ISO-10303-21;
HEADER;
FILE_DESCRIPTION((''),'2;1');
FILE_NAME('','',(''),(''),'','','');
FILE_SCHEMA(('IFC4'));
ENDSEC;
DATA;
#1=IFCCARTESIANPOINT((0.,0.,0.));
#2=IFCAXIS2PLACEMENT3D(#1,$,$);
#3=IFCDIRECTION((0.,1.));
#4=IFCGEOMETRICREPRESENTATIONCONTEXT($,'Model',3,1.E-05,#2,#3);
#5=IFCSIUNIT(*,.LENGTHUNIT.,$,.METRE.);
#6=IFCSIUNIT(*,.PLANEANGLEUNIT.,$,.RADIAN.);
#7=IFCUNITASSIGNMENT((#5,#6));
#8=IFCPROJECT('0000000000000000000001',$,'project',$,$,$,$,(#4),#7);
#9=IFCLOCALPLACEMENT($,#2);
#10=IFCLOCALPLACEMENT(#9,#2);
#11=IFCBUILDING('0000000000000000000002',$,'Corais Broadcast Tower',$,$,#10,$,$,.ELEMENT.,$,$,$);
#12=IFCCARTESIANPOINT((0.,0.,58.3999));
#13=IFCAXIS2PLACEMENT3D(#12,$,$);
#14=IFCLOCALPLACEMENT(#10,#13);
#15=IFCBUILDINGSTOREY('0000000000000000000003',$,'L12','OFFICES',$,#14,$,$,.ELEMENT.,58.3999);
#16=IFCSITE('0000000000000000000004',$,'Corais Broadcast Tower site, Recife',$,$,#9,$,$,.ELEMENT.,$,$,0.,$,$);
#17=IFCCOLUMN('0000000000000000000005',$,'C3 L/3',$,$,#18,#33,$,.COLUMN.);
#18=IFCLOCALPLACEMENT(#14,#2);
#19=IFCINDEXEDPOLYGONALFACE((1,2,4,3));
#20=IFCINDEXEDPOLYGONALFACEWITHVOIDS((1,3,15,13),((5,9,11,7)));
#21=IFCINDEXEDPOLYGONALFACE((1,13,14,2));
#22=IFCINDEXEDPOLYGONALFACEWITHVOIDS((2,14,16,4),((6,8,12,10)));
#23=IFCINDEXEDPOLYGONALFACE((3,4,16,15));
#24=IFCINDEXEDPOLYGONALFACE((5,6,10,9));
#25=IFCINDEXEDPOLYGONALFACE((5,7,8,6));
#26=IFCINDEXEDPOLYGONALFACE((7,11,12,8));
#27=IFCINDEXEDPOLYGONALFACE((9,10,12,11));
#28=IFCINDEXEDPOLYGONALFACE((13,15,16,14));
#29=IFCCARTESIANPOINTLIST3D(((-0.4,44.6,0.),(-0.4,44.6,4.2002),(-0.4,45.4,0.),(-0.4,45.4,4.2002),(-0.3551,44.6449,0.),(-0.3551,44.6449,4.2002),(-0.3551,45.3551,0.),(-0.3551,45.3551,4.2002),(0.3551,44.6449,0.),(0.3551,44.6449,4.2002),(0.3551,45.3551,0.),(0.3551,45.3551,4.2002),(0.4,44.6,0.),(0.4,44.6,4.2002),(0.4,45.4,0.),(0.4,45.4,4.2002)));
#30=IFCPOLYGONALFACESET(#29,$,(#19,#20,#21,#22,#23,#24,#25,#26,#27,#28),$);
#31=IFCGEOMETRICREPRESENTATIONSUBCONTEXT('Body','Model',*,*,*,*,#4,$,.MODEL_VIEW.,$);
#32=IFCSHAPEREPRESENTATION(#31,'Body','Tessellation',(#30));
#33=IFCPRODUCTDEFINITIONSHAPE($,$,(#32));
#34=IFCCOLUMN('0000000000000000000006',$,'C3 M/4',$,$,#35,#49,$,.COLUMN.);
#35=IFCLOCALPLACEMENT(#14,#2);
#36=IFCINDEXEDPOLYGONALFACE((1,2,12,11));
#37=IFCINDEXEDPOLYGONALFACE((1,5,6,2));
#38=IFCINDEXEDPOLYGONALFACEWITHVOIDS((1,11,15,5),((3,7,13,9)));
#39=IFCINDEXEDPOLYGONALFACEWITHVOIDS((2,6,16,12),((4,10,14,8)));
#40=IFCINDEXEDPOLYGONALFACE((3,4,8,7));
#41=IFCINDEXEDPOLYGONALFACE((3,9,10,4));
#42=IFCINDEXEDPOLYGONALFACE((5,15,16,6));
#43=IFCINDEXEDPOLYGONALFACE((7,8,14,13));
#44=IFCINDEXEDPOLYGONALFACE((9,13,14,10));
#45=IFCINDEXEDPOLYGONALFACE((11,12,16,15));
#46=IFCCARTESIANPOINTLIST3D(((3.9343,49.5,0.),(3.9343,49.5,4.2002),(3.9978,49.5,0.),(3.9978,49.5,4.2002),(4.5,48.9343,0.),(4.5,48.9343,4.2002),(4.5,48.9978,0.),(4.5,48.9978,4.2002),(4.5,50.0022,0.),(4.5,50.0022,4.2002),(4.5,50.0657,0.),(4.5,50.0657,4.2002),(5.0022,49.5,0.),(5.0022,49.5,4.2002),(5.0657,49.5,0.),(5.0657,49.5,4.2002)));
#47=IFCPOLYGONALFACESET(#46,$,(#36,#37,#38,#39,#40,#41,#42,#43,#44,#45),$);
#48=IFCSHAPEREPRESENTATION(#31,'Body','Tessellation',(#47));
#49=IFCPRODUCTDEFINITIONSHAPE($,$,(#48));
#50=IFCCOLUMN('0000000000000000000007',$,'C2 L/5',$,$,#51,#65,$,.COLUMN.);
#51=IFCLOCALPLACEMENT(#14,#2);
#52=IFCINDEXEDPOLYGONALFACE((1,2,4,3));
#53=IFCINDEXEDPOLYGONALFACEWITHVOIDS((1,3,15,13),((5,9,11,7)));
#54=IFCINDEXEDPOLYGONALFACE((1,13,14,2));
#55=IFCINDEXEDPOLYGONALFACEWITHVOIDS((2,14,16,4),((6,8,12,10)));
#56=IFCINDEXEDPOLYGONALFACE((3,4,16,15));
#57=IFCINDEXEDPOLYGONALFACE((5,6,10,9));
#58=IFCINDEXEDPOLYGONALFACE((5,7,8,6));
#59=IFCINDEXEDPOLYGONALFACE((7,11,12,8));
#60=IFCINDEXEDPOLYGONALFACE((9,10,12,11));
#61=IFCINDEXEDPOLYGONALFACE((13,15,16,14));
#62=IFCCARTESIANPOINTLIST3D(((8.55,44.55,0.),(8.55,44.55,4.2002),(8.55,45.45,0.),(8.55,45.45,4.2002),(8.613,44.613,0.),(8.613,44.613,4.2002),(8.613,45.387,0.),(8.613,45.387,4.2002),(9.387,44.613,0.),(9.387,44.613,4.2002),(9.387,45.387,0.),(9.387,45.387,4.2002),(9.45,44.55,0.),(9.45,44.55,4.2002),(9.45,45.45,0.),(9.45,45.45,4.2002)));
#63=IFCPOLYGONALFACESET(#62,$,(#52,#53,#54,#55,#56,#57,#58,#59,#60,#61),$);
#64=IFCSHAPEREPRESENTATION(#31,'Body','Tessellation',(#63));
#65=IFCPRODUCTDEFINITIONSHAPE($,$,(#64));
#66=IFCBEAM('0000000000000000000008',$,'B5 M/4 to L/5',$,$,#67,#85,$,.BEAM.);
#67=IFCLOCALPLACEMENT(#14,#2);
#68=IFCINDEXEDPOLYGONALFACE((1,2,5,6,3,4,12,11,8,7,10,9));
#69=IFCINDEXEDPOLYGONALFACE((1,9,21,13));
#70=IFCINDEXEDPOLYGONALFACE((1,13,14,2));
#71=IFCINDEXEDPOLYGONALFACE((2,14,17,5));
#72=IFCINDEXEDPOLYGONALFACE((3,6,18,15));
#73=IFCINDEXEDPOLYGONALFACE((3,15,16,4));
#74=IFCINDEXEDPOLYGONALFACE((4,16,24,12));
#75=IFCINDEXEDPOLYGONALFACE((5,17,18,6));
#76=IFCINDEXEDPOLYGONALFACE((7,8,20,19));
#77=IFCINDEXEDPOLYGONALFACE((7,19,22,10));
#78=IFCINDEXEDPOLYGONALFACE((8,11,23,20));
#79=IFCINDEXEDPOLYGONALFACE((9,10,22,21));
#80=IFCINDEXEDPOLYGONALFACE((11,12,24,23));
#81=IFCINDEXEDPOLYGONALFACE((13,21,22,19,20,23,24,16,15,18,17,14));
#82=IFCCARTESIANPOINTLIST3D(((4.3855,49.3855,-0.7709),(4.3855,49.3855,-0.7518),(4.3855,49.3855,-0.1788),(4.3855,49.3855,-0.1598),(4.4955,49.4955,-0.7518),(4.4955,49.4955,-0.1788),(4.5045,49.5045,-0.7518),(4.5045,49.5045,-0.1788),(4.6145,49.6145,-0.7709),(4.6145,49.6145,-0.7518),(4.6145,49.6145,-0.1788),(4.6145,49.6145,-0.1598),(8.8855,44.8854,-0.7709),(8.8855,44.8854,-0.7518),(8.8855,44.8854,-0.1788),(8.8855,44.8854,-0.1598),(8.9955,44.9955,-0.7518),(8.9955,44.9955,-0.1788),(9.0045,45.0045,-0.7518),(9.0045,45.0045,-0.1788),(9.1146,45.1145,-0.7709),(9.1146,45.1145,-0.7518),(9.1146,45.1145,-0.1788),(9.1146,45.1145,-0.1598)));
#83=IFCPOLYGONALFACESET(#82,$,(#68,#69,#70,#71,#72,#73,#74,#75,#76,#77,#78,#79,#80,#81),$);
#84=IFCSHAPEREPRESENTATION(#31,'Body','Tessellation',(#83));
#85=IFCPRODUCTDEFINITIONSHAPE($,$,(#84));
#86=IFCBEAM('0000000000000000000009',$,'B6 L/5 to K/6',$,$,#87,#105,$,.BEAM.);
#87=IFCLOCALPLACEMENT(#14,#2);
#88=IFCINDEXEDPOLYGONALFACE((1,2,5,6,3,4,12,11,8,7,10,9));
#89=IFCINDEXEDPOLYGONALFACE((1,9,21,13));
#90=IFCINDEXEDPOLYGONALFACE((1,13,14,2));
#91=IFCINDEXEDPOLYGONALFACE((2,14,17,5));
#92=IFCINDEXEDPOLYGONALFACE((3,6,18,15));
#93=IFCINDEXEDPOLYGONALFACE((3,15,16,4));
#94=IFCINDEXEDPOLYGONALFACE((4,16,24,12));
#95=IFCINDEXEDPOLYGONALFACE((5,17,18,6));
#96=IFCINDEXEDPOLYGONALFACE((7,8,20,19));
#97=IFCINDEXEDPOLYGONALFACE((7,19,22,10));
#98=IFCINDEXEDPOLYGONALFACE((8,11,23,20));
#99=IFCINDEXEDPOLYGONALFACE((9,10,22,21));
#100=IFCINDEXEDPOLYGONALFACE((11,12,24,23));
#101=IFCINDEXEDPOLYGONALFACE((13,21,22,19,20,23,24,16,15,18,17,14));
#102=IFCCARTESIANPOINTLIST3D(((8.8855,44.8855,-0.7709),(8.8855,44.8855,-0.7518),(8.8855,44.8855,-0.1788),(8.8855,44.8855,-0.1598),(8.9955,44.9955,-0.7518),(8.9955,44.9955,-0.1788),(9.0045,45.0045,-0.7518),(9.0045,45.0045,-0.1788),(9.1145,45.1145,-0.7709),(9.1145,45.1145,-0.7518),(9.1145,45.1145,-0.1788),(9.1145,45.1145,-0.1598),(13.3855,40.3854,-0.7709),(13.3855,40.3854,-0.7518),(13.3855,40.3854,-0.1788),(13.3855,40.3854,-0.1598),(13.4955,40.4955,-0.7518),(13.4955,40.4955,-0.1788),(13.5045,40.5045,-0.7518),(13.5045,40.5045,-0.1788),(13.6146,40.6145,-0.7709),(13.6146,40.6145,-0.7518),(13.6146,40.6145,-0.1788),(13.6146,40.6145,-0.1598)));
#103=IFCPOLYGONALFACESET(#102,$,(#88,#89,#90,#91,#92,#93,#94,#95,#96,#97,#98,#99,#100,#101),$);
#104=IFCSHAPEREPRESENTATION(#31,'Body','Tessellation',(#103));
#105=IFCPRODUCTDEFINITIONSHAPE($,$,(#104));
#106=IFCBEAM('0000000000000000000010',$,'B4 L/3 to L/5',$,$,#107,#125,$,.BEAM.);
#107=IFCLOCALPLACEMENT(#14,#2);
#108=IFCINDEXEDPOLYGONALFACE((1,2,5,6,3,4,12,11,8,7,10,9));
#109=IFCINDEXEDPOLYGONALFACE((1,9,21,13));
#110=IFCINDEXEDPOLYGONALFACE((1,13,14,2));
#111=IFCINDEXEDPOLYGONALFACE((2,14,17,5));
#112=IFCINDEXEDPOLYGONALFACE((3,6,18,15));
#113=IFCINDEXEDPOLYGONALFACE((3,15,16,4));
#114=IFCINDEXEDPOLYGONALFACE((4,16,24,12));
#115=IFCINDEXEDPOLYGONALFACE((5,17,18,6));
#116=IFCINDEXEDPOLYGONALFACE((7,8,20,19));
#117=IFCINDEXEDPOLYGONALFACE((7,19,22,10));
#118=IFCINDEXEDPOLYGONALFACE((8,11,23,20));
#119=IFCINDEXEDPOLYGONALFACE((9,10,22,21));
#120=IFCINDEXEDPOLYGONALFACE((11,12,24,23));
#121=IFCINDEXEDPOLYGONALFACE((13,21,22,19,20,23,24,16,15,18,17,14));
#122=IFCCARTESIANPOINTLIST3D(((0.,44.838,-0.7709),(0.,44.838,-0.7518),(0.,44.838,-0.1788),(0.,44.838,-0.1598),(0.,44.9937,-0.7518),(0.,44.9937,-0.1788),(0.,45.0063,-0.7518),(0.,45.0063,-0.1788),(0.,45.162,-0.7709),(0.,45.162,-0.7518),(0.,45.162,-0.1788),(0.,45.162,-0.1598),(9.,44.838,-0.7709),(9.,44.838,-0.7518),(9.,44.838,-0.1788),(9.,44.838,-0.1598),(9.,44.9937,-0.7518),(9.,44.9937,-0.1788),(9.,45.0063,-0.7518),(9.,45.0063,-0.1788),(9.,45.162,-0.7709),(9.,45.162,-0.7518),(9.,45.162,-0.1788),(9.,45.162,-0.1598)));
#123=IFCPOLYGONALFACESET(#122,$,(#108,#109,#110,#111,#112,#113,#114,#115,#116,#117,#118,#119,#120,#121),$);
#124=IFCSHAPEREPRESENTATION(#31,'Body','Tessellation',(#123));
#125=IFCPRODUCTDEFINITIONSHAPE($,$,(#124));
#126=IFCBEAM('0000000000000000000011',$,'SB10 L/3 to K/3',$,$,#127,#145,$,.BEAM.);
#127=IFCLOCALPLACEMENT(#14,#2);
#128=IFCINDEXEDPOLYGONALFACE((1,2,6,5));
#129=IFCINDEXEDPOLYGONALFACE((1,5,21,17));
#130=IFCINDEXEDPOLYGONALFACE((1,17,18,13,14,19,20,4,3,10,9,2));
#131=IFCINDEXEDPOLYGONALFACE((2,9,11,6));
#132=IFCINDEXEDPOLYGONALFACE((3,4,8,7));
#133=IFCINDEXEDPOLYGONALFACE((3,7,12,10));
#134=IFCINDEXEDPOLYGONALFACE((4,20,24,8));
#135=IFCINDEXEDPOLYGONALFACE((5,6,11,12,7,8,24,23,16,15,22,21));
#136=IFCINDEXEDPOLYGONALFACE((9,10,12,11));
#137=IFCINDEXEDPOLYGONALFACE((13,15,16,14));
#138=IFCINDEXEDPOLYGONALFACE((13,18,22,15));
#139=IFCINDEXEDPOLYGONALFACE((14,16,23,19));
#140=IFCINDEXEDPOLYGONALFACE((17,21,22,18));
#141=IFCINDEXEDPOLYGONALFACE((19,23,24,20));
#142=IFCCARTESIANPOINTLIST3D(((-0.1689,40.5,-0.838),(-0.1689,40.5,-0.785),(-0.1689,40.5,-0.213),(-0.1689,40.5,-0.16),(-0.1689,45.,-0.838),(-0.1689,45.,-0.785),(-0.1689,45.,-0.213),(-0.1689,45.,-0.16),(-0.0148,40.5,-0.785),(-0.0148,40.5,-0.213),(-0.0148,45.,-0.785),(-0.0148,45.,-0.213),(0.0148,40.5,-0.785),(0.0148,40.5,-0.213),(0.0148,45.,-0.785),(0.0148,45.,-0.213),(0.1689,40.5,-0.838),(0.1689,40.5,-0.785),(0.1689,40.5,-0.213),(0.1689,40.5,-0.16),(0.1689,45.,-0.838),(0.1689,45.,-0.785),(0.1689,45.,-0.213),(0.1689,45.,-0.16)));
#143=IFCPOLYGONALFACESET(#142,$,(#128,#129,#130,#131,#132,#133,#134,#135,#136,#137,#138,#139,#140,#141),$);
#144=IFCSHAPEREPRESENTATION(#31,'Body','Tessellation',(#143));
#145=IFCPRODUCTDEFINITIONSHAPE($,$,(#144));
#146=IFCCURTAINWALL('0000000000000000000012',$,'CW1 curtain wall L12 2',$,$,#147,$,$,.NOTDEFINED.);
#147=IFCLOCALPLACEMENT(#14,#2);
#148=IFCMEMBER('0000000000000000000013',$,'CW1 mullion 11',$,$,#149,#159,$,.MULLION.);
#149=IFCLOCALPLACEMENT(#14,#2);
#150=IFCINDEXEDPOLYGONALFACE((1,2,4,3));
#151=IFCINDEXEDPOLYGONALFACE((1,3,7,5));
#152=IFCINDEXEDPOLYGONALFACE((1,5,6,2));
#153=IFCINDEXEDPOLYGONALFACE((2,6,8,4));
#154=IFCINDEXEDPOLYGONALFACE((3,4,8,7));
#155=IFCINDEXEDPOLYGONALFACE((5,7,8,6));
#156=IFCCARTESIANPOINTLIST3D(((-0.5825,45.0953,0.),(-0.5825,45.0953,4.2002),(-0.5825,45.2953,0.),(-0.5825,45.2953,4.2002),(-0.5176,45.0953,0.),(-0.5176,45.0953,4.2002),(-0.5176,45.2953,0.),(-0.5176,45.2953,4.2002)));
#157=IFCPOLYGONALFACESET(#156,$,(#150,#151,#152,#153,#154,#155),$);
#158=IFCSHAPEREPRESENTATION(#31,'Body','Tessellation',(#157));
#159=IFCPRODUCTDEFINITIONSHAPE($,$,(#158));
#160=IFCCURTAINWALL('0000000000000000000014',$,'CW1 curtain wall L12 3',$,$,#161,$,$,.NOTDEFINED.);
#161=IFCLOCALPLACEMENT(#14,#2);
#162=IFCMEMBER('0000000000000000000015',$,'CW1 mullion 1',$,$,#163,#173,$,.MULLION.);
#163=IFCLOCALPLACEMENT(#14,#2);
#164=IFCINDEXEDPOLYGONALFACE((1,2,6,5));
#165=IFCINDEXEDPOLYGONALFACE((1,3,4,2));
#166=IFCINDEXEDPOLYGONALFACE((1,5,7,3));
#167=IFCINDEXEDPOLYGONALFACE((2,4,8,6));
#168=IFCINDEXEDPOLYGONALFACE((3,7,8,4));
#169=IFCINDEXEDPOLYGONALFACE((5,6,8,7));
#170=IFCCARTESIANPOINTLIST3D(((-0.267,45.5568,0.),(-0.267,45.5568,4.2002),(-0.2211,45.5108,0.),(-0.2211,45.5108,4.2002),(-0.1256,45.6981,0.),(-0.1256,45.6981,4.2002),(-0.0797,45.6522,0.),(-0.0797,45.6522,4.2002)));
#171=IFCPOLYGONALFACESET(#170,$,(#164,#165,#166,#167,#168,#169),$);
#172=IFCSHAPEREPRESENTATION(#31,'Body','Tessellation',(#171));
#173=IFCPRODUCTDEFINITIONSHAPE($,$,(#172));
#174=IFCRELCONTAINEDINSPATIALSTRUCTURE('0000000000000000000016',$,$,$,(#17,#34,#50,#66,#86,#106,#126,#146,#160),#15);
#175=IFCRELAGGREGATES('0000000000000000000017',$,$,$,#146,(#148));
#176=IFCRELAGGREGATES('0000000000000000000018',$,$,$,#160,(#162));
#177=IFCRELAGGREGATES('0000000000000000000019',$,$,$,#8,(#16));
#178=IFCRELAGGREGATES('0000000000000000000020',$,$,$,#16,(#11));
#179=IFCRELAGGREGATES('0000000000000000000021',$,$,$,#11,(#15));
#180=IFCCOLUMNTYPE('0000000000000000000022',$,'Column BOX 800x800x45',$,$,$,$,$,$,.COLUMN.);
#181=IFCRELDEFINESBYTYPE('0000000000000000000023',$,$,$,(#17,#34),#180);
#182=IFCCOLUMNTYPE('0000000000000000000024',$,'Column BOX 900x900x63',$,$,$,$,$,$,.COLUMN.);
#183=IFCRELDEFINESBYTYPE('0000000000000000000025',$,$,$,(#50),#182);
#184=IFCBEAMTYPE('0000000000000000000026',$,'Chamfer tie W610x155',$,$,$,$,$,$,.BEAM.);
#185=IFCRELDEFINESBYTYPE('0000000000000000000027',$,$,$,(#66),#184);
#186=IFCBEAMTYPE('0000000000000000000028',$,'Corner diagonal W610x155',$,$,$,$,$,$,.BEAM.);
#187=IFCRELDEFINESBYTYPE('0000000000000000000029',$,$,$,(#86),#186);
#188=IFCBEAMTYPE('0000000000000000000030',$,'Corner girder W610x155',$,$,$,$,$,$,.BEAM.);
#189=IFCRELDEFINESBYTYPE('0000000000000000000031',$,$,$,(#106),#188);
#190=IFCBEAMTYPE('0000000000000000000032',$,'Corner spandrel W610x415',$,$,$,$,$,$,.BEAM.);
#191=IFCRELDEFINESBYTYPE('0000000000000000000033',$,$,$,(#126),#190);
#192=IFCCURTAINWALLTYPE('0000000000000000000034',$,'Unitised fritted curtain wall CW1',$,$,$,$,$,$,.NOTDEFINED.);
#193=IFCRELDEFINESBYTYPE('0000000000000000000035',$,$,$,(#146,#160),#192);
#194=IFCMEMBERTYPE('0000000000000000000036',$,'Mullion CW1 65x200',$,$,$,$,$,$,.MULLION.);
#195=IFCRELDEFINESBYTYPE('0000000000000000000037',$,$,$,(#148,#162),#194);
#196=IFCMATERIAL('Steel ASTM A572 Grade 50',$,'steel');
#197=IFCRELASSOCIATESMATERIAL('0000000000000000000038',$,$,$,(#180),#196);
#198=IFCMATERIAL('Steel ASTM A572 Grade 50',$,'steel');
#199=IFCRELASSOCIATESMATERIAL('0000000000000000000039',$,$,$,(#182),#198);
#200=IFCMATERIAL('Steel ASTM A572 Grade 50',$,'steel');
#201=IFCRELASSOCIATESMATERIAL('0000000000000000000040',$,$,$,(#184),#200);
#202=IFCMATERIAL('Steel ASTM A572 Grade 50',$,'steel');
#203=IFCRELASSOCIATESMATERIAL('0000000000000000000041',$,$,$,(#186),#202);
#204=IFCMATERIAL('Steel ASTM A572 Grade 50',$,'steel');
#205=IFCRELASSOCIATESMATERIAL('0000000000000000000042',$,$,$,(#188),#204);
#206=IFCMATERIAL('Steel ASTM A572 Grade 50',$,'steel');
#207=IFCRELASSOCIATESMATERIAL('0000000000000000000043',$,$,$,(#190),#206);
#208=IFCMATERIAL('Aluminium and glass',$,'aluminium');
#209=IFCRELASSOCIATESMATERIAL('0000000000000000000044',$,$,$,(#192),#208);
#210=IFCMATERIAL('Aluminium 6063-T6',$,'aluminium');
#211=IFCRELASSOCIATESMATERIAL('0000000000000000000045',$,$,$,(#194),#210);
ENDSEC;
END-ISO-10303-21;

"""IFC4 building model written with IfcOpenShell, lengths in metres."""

from ifc_helpers import new_model, si_unit, direction, frame, origin, origin_2d, place, context, subcontext, project, spatial, rectangle, hollow_rectangle, i_section, extrude, material, material_profile, profile_set, type_object, element, aggregate, save


model = new_model("IFC4")

# Units and contexts
model_context = context("Model", 3, precision=1e-05, world=origin(), true_north=direction((0.0, 1.0)))
body_context = subcontext(model_context, "Body", "Model", "MODEL_VIEW")
ifc_project = project(units=[si_unit("LENGTHUNIT", "METRE"), si_unit("PLANEANGLEUNIT", "RADIAN")], contexts=[model_context])

# Site, building, storey
site_placement = place(None, origin())
site = spatial("IfcSite", under=ifc_project, at=site_placement, Name="Corais Broadcast Tower site, Recife", CompositionType="ELEMENT", RefElevation=0.0)
building_placement = place(site_placement, origin())
building = spatial("IfcBuilding", under=site, at=building_placement, Name="Corais Broadcast Tower", CompositionType="ELEMENT")
storey_placement = place(building_placement, frame((0.0, 0.0, 58.3999)))
storey = spatial("IfcBuildingStorey", under=building, at=storey_placement, Name="L12", Description="OFFICES", CompositionType="ELEMENT", Elevation=58.3999)

# Columns
ifc_material_1 = material(Name="Steel ASTM A572 Grade 50", Category="steel")
ifc_material_profile_1 = material_profile(ifc_material_1, hollow_rectangle(XDim=0.8, YDim=0.8, WallThickness=0.0449, at=origin_2d()), Name="BOX 800x800x45")
ifc_profile_set_1 = profile_set([ifc_material_profile_1], Name="Steel ASTM A572 Grade 50")
column_type_1 = type_object("IfcColumnType", Name="Column BOX 800x800x45", PredefinedType="COLUMN", material=ifc_profile_set_1)
for number, where, z_axis, x_axis, name in (
    (1, (0.0, 45.0, 0.0), (0.0, 0.0, 1.0), (1.0, 0.0, 0.0), "C3 L/3"),
    (2, (4.5, 49.5, 0.0), (0.0, 0.0, 1.0), (0.707107, 0.707107, 0.0), "C3 M/4"),
):
    element("IfcColumn", number, at=place(storey_placement, frame(where, z_axis=z_axis, x_axis=x_axis)), inside=storey, type_object=column_type_1, Name=name, PredefinedType="COLUMN", context=body_context, shape_type="SweptSolid", body=[
        extrude(hollow_rectangle(XDim=0.8, YDim=0.8, WallThickness=0.0449, at=origin_2d()), origin(), (0.0, 0.0, 1.0), 4.2002),
    ])
ifc_material_2 = material(Name="Steel ASTM A572 Grade 50", Category="steel")
ifc_material_profile_2 = material_profile(ifc_material_2, hollow_rectangle(XDim=0.8999, YDim=0.8999, WallThickness=0.063, at=origin_2d()), Name="BOX 900x900x63")
ifc_profile_set_2 = profile_set([ifc_material_profile_2], Name="Steel ASTM A572 Grade 50")
column_type_2 = type_object("IfcColumnType", Name="Column BOX 900x900x63", PredefinedType="COLUMN", material=ifc_profile_set_2)
column_placement = place(storey_placement, frame((9.0, 45.0, 0.0), z_axis=(0.0, 0.0, 1.0), x_axis=(1.0, 0.0, 0.0)))
element("IfcColumn", 3, at=column_placement, inside=storey, type_object=column_type_2, Name="C2 L/5", PredefinedType="COLUMN", context=body_context, shape_type="SweptSolid", body=[
    extrude(hollow_rectangle(XDim=0.8999, YDim=0.8999, WallThickness=0.063, at=origin_2d()), origin(), (0.0, 0.0, 1.0), 4.2002),
])

# Beams
ifc_material_3 = material(Name="Steel ASTM A572 Grade 50", Category="steel")
ifc_material_profile_3 = material_profile(ifc_material_3, i_section(OverallWidth=0.324, OverallDepth=0.6111, WebThickness=0.0127, FlangeThickness=0.019, at=origin_2d()), Name="W610x155")
ifc_profile_set_3 = profile_set([ifc_material_profile_3], Name="Steel ASTM A572 Grade 50")
beam_type_1 = type_object("IfcBeamType", Name="Chamfer tie W610x155", PredefinedType="BEAM", material=ifc_profile_set_3)
beam_1_placement = place(storey_placement, frame((4.5, 49.5, -0.4653), z_axis=(0.707107, -0.707107, 0.0), x_axis=(0.707107, 0.707107, 0.0)))
element("IfcBeam", 4, at=beam_1_placement, inside=storey, type_object=beam_type_1, Name="B5 M/4 to L/5", PredefinedType="BEAM", context=body_context, shape_type="SweptSolid", body=[
    extrude(i_section(OverallWidth=0.324, OverallDepth=0.6111, WebThickness=0.0127, FlangeThickness=0.019, at=origin_2d()), origin(), (0.0, 0.0, 1.0), 6.364),
])
ifc_material_4 = material(Name="Steel ASTM A572 Grade 50", Category="steel")
ifc_material_profile_4 = material_profile(ifc_material_4, i_section(OverallWidth=0.324, OverallDepth=0.6111, WebThickness=0.0127, FlangeThickness=0.019, at=origin_2d()), Name="W610x155")
ifc_profile_set_4 = profile_set([ifc_material_profile_4], Name="Steel ASTM A572 Grade 50")
beam_type_2 = type_object("IfcBeamType", Name="Corner diagonal W610x155", PredefinedType="BEAM", material=ifc_profile_set_4)
beam_2_placement = place(storey_placement, frame((9.0, 45.0, -0.4653), z_axis=(0.707107, -0.707107, 0.0), x_axis=(0.707107, 0.707107, 0.0)))
element("IfcBeam", 5, at=beam_2_placement, inside=storey, type_object=beam_type_2, Name="B6 L/5 to K/6", PredefinedType="BEAM", context=body_context, shape_type="SweptSolid", body=[
    extrude(i_section(OverallWidth=0.324, OverallDepth=0.6111, WebThickness=0.0127, FlangeThickness=0.019, at=origin_2d()), origin(), (0.0, 0.0, 1.0), 6.364),
])
ifc_material_5 = material(Name="Steel ASTM A572 Grade 50", Category="steel")
ifc_material_profile_5 = material_profile(ifc_material_5, i_section(OverallWidth=0.324, OverallDepth=0.6111, WebThickness=0.0127, FlangeThickness=0.019, at=origin_2d()), Name="W610x155")
ifc_profile_set_5 = profile_set([ifc_material_profile_5], Name="Steel ASTM A572 Grade 50")
beam_type_3 = type_object("IfcBeamType", Name="Corner girder W610x155", PredefinedType="BEAM", material=ifc_profile_set_5)
beam_3_placement = place(storey_placement, frame((0.0, 45.0, -0.4653), z_axis=(1.0, 0.0, 0.0), x_axis=(0.0, 1.0, 0.0)))
element("IfcBeam", 6, at=beam_3_placement, inside=storey, type_object=beam_type_3, Name="B4 L/3 to L/5", PredefinedType="BEAM", context=body_context, shape_type="SweptSolid", body=[
    extrude(i_section(OverallWidth=0.324, OverallDepth=0.6111, WebThickness=0.0127, FlangeThickness=0.019, at=origin_2d()), origin(), (0.0, 0.0, 1.0), 9.0),
])
ifc_material_6 = material(Name="Steel ASTM A572 Grade 50", Category="steel")
ifc_material_profile_6 = material_profile(ifc_material_6, i_section(OverallWidth=0.3379, OverallDepth=0.678, WebThickness=0.0295, FlangeThickness=0.053, at=origin_2d()), Name="W610x415")
ifc_profile_set_6 = profile_set([ifc_material_profile_6], Name="Steel ASTM A572 Grade 50")
beam_type_4 = type_object("IfcBeamType", Name="Corner spandrel W610x415", PredefinedType="BEAM", material=ifc_profile_set_6)
beam_4_placement = place(storey_placement, frame((0.0, 45.0, -0.499), z_axis=(0.0, -1.0, 0.0), x_axis=(1.0, 0.0, 0.0)))
element("IfcBeam", 7, at=beam_4_placement, inside=storey, type_object=beam_type_4, Name="SB10 L/3 to K/3", PredefinedType="BEAM", context=body_context, shape_type="SweptSolid", body=[
    extrude(i_section(OverallWidth=0.3379, OverallDepth=0.678, WebThickness=0.0295, FlangeThickness=0.053, at=origin_2d()), origin(), (0.0, 0.0, 1.0), 4.5),
])

# Curtain wall, member
ifc_material_7 = material(Name="Aluminium and glass", Category="aluminium")
curtain_wall_type = type_object("IfcCurtainWallType", Name="Unitised fritted curtain wall CW1", PredefinedType="NOTDEFINED", material=ifc_material_7)
curtain_wall_1_placement = place(storey_placement, origin())
curtain_wall_1 = element("IfcCurtainWall", 8, at=curtain_wall_1_placement, inside=storey, type_object=curtain_wall_type, Name="CW1 curtain wall L12 2", PredefinedType="NOTDEFINED")
ifc_material_8 = material(Name="Aluminium 6063-T6", Category="aluminium")
ifc_material_profile_7 = material_profile(ifc_material_8, rectangle(XDim=0.0649, YDim=0.2, at=origin_2d()), Name="Mullion CW1 65x200")
ifc_profile_set_7 = profile_set([ifc_material_profile_7], Name="Aluminium 6063-T6")
member_type_1 = type_object("IfcMemberType", Name="Mullion CW1 65x200", PredefinedType="MULLION", material=ifc_profile_set_7)
member_1_placement = place(storey_placement, frame((-0.55, 45.1953, 0.0), z_axis=(0.0, 0.0, 1.0), x_axis=(-1.0, 0.0, 0.0)))
member_1 = element("IfcMember", 9, at=member_1_placement, type_object=member_type_1, Name="CW1 mullion 11", PredefinedType="MULLION", context=body_context, shape_type="SweptSolid", body=[
    extrude(rectangle(XDim=0.0649, YDim=0.2, at=origin_2d()), origin(), (0.0, 0.0, 1.0), 4.2002),
])
aggregate(curtain_wall_1, [member_1])

# Curtain wall, member
curtain_wall_2_placement = place(storey_placement, origin())
curtain_wall_2 = element("IfcCurtainWall", 10, at=curtain_wall_2_placement, inside=storey, type_object=curtain_wall_type, Name="CW1 curtain wall L12 3", PredefinedType="NOTDEFINED")
member_2_placement = place(storey_placement, frame((-0.1733, 45.6045, 0.0), z_axis=(0.0, 0.0, 1.0), x_axis=(-0.707107, 0.707107, 0.0)))
member_2 = element("IfcMember", 11, at=member_2_placement, type_object=member_type_1, Name="CW1 mullion 1", PredefinedType="MULLION", context=body_context, shape_type="SweptSolid", body=[
    extrude(rectangle(XDim=0.0649, YDim=0.2, at=origin_2d()), origin(), (0.0, 0.0, 1.0), 4.2002),
])

aggregate(curtain_wall_2, [member_2])

save(model, "model.ifc")
